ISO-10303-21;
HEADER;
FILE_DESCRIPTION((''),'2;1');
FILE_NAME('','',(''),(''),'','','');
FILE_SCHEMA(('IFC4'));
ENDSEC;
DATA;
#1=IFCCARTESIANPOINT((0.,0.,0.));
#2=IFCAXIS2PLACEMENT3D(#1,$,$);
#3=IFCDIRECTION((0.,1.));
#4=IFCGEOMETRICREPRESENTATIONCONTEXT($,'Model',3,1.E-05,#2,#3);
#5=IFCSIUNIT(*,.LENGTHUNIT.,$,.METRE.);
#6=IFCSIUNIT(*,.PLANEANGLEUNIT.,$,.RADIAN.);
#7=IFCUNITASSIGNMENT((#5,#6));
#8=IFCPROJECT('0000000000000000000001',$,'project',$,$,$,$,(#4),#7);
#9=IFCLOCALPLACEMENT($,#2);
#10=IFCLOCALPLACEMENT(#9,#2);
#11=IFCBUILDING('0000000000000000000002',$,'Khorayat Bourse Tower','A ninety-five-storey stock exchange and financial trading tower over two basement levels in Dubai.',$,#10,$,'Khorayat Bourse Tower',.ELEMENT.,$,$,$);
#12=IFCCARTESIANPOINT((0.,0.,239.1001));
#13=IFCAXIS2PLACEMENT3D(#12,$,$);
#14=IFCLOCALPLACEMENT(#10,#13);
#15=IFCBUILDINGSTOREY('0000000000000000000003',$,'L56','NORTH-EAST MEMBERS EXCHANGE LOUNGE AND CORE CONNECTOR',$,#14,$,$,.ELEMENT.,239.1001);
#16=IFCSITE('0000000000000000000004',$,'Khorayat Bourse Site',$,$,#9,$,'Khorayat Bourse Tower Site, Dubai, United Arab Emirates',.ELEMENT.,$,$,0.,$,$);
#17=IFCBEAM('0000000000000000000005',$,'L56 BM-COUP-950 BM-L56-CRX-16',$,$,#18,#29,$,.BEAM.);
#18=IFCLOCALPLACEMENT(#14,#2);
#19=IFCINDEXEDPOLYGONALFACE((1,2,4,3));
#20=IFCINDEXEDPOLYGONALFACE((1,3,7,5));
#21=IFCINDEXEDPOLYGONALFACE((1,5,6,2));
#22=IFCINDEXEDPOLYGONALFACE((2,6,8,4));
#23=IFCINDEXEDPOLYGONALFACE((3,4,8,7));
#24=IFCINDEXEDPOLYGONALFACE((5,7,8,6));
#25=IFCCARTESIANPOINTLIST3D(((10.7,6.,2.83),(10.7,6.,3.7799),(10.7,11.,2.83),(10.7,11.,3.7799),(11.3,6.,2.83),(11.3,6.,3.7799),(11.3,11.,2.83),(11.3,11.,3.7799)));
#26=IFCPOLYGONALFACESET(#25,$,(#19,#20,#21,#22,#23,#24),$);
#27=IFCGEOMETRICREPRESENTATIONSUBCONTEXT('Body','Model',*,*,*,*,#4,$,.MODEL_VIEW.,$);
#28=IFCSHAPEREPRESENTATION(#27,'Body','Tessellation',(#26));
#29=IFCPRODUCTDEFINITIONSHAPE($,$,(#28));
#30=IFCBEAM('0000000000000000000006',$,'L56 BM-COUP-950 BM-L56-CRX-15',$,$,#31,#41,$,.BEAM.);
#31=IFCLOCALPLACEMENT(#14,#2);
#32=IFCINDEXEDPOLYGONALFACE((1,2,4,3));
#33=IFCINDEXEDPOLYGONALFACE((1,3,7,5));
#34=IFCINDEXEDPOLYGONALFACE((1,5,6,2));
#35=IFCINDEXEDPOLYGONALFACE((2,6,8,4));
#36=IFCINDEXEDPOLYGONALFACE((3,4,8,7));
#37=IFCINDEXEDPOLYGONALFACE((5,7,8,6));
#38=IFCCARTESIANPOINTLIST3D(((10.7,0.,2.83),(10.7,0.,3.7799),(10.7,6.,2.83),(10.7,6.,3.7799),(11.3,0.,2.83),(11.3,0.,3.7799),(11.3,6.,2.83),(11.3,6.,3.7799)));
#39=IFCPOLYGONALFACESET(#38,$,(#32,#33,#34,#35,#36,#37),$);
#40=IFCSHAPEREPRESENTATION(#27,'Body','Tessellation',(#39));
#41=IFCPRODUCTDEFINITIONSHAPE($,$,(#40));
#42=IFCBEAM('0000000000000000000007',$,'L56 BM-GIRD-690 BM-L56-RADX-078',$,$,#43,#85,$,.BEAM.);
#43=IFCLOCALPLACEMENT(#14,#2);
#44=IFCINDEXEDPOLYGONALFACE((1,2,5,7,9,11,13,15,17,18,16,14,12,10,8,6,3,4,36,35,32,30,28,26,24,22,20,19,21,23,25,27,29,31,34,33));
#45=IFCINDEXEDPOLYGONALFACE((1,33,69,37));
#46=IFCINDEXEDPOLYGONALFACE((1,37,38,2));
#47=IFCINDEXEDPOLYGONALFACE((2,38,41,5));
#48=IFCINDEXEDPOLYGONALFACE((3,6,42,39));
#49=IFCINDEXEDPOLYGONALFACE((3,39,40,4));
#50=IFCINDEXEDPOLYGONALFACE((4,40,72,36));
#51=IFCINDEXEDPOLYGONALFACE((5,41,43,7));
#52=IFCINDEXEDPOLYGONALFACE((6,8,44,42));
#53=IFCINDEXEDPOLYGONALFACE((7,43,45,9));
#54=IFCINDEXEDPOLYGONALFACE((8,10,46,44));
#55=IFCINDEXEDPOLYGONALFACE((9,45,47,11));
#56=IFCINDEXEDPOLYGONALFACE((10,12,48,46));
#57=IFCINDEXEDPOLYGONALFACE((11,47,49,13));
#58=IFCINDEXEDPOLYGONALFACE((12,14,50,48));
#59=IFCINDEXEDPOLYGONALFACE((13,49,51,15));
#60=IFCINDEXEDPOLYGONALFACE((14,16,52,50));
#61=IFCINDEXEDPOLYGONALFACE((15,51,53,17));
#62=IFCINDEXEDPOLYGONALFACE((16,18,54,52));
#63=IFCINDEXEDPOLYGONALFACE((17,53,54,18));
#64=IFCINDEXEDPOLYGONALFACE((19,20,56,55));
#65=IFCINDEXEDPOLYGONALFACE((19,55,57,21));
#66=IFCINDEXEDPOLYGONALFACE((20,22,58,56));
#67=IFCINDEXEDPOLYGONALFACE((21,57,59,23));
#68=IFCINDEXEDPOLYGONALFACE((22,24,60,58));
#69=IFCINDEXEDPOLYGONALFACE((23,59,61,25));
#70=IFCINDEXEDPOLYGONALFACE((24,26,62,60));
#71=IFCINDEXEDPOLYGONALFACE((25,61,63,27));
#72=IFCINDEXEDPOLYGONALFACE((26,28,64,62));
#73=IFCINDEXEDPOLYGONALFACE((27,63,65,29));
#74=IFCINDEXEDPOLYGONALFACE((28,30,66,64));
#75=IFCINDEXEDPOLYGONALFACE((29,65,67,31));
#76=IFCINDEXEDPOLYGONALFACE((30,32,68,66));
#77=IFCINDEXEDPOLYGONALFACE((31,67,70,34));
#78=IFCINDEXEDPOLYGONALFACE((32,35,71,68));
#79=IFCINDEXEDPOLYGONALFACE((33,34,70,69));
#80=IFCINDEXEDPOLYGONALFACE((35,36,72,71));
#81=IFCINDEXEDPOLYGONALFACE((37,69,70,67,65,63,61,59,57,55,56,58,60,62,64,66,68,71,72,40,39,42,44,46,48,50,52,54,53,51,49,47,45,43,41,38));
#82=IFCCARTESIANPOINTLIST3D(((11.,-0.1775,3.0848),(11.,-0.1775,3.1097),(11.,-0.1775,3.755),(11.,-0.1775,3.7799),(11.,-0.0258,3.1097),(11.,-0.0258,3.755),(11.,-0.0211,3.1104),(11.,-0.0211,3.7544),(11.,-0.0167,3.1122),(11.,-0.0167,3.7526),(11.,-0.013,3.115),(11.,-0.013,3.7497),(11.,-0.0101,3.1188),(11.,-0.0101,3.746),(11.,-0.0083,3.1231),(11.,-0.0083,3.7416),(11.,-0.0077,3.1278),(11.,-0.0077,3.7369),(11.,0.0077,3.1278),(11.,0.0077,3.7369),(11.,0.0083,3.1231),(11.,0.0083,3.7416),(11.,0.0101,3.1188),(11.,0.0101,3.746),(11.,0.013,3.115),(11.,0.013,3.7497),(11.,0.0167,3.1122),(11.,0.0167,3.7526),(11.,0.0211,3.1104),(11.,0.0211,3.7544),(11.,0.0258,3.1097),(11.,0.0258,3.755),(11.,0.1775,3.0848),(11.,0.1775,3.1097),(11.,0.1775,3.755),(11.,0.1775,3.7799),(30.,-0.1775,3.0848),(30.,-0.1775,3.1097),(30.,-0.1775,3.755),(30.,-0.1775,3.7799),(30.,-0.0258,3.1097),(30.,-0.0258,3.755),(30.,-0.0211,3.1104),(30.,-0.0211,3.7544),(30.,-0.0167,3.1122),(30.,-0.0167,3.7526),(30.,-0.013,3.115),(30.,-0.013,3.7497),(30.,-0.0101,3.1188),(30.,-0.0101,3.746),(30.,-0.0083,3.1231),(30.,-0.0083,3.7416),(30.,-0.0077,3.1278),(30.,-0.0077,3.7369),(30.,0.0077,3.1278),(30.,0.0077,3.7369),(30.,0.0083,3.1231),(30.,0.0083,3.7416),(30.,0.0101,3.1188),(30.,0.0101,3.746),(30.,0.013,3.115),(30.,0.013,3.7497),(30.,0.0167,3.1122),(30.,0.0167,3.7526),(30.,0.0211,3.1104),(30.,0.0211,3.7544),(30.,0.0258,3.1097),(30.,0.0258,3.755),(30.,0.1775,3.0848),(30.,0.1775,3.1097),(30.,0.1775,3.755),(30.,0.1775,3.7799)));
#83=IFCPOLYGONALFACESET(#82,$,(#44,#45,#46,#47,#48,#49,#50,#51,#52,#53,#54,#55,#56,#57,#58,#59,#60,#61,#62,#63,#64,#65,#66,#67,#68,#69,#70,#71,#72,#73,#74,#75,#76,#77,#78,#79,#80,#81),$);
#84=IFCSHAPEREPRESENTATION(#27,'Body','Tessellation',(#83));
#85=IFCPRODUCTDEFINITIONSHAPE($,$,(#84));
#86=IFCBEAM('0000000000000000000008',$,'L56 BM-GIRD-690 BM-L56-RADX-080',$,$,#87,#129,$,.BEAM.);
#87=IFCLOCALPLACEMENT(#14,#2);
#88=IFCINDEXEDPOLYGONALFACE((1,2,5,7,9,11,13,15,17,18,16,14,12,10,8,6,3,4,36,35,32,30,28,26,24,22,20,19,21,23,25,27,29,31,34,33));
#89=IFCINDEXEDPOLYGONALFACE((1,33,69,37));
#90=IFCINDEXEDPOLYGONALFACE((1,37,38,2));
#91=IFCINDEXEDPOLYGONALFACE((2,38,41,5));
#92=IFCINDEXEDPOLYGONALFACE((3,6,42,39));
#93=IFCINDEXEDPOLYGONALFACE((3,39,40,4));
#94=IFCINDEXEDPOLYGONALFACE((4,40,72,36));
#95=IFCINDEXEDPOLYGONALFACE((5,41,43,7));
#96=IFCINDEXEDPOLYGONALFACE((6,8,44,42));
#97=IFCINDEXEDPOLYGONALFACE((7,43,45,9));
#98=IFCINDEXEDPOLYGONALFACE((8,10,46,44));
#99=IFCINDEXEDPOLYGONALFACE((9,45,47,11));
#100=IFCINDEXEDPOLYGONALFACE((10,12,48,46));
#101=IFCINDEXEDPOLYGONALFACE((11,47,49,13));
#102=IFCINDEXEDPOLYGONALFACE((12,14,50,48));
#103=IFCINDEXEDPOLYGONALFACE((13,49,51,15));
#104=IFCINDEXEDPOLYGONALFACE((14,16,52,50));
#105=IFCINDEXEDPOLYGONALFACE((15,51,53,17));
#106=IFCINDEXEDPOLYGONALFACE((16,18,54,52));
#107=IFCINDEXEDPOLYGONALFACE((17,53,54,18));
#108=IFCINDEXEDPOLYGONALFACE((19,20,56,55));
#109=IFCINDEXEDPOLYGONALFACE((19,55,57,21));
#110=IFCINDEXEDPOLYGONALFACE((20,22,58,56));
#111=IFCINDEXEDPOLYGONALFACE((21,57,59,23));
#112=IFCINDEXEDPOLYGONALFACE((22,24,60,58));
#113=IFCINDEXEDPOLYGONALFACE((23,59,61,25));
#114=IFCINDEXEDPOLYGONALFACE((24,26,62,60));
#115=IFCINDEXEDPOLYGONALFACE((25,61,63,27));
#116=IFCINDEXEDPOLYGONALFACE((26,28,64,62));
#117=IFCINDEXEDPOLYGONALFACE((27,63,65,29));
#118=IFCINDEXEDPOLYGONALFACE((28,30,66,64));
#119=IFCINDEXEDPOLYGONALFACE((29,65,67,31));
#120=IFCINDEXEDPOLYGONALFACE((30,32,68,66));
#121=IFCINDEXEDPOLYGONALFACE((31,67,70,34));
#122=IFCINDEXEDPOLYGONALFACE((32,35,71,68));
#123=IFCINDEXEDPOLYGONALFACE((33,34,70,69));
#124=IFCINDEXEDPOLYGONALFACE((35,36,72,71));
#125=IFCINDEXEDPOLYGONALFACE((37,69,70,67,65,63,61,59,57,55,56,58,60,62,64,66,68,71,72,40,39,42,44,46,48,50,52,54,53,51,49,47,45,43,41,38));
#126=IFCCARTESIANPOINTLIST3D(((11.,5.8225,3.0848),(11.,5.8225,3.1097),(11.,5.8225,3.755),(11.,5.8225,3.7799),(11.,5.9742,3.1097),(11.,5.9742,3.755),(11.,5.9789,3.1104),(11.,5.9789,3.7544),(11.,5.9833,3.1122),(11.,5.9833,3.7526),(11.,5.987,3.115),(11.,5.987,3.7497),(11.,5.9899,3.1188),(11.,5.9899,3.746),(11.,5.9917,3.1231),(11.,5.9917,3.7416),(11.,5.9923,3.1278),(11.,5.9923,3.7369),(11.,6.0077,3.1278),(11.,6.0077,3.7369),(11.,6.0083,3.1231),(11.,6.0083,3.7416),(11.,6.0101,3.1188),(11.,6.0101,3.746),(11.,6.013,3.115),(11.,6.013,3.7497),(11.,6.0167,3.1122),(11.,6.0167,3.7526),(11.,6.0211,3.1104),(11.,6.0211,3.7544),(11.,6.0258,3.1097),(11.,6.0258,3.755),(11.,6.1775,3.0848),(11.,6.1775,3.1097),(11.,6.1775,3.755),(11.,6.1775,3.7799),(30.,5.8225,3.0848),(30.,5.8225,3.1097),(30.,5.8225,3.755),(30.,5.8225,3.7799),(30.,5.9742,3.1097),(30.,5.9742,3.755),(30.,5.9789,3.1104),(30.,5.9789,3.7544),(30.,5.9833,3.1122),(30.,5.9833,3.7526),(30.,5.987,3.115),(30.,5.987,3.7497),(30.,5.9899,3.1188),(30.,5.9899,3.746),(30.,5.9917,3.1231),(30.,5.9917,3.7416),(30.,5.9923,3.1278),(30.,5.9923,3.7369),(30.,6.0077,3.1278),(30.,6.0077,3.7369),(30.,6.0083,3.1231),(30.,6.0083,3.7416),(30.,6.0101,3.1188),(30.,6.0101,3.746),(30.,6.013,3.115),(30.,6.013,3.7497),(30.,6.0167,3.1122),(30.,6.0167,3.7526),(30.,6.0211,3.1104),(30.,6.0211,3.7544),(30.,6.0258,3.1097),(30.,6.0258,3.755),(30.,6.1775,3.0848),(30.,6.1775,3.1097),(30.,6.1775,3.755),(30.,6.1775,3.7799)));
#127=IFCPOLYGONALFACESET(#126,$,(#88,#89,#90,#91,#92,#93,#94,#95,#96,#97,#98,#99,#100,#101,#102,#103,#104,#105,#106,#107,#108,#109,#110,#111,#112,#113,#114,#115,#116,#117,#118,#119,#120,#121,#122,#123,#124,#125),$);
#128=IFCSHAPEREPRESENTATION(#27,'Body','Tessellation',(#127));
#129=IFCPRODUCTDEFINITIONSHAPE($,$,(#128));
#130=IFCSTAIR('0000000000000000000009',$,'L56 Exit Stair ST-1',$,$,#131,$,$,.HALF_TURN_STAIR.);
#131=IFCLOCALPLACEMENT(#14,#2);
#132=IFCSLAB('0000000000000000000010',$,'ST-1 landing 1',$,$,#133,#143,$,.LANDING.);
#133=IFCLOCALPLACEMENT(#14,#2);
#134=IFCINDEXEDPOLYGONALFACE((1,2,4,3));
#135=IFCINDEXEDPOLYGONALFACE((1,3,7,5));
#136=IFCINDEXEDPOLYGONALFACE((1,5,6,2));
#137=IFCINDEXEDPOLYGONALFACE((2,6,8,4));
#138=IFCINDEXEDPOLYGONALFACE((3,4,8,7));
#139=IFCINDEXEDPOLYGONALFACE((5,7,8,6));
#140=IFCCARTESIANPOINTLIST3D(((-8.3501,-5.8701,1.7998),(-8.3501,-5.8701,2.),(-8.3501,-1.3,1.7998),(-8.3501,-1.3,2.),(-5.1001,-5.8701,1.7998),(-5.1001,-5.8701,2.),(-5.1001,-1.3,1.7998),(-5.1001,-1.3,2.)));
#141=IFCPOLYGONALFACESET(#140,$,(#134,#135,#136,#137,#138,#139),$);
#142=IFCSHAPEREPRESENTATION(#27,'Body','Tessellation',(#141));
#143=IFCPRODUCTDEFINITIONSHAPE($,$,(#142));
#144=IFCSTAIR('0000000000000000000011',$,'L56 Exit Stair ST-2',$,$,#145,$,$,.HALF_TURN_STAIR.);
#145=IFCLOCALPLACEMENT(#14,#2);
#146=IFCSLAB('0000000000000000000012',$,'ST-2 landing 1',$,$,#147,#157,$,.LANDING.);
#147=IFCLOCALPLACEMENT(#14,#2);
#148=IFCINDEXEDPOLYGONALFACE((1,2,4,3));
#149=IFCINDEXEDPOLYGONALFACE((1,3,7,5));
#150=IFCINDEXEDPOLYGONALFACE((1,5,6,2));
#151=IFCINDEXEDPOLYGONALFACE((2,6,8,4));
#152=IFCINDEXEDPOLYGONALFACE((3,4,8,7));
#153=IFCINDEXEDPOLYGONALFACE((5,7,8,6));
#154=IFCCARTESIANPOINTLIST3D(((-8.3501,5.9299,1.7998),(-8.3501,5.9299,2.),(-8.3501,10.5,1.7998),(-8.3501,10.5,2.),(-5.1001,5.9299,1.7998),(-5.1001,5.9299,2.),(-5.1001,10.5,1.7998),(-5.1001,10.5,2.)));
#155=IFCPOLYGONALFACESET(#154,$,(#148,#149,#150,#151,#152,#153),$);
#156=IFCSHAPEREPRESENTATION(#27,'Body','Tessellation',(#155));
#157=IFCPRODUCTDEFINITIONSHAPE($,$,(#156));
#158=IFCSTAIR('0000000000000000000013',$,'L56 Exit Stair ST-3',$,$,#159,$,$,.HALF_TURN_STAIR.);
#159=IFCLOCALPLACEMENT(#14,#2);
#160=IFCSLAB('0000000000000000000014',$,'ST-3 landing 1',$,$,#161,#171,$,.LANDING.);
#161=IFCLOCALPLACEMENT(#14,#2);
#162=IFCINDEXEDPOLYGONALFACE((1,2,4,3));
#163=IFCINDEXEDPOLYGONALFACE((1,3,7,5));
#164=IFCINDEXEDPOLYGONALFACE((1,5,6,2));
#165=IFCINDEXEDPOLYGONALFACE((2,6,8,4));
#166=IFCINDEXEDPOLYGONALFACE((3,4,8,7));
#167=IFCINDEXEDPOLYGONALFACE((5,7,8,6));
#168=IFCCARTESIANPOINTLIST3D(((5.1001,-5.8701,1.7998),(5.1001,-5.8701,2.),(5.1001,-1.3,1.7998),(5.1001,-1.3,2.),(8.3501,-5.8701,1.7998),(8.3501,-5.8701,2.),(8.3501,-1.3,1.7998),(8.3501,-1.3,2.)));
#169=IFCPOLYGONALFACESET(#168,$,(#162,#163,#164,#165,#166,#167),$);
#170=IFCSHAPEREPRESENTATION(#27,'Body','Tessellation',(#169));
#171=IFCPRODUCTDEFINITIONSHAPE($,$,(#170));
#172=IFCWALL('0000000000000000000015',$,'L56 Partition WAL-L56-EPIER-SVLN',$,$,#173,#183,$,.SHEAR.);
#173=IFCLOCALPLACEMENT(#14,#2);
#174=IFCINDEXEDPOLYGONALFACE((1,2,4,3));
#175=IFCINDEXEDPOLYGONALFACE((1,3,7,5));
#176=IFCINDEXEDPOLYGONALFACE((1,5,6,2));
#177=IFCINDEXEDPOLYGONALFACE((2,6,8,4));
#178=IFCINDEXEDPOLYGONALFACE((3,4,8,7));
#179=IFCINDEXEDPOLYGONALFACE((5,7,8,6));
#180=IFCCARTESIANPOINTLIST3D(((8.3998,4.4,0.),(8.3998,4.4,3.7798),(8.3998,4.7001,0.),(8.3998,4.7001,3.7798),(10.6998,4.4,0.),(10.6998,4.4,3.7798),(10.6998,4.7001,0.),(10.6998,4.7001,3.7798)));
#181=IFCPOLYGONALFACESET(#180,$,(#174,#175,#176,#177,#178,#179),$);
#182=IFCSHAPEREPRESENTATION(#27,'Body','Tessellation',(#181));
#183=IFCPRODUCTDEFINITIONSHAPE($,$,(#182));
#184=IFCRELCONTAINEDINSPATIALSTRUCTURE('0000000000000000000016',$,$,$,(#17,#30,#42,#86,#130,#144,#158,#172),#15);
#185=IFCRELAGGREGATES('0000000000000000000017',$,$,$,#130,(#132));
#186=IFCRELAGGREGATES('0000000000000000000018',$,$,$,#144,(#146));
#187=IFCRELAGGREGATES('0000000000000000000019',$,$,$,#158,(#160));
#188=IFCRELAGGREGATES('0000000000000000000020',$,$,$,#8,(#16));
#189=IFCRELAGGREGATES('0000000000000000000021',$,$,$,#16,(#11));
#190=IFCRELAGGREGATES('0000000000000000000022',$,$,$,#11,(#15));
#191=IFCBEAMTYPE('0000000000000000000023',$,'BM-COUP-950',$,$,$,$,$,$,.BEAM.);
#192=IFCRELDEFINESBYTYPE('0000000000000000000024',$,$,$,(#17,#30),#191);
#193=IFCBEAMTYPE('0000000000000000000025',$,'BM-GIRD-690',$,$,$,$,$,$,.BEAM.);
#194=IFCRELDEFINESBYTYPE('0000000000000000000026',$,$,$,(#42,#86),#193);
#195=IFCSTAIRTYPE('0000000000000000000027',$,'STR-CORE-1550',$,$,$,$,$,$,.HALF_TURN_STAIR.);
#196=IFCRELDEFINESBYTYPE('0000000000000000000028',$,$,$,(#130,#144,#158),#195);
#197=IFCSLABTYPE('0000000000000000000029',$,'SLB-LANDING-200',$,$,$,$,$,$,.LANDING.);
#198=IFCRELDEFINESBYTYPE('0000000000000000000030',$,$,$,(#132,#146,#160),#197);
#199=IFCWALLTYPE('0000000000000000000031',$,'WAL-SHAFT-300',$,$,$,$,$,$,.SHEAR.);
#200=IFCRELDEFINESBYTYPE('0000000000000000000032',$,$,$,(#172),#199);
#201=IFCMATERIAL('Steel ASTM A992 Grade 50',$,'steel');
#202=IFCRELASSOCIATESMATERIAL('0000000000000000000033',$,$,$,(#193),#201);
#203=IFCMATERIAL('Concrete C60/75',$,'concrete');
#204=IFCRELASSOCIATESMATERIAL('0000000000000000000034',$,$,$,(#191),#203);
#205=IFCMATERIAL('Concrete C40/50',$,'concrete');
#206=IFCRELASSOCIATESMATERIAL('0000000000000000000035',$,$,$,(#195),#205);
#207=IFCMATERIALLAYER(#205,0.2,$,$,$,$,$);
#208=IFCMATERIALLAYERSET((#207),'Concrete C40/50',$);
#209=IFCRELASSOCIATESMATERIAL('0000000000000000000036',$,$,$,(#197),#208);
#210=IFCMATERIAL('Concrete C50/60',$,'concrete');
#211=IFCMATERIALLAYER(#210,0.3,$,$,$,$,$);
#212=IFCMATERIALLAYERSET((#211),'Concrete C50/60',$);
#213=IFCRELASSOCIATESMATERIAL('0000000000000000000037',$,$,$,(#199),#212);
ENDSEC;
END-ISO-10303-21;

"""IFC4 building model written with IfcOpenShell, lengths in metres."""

from ifc_helpers import new_model, si_unit, direction, frame, frame_2d, origin, origin_2d, place, context, subcontext, project, spatial, polyline, rectangle, i_section, outline, extrude, source, transform, mapped, material, layer, layer_set, material_profile, profile_set, type_object, element, aggregate, save


model = new_model("IFC4")

# Units and contexts
model_context = context("Model", 3, precision=1e-05, world=origin(), true_north=direction((0.0, 1.0)))
body_context = subcontext(model_context, "Body", "Model", "MODEL_VIEW")
ifc_project = project(units=[si_unit("LENGTHUNIT", "METRE"), si_unit("PLANEANGLEUNIT", "RADIAN")], contexts=[model_context])

# Site, building, storey
site_placement = place(None, origin())
site = spatial("IfcSite", under=ifc_project, at=site_placement, Name="Khorayat Bourse Site", LongName="Khorayat Bourse Tower Site, Dubai, United Arab Emirates", CompositionType="ELEMENT", RefElevation=0.0)
building_placement = place(site_placement, origin())
building = spatial("IfcBuilding", under=site, at=building_placement, Name="Khorayat Bourse Tower", Description="A ninety-five-storey stock exchange and financial trading tower over two basement levels in Dubai.", LongName="Khorayat Bourse Tower", CompositionType="ELEMENT")
storey_placement = place(building_placement, frame((0.0, 0.0, 239.1001)))
storey = spatial("IfcBuildingStorey", under=building, at=storey_placement, Name="L56", Description="NORTH-EAST MEMBERS EXCHANGE LOUNGE AND CORE CONNECTOR", CompositionType="ELEMENT", Elevation=239.1001)

# Shared definitions
ifc_material_1 = material(Name="Concrete C60/75", Category="concrete")

# Beams
ifc_material_2 = material(Name="Steel ASTM A992 Grade 50", Category="steel")
ifc_material_profile_1 = material_profile(ifc_material_2, i_section(OverallWidth=0.355, OverallDepth=0.6951, WebThickness=0.0154, FlangeThickness=0.0249, FilletRadius=0.0181, at=origin_2d()), Name="W690X217")
ifc_profile_set_1 = profile_set([ifc_material_profile_1], Name="Steel ASTM A992 Grade 50")
beam_type_1 = type_object("IfcBeamType", Name="BM-GIRD-690", PredefinedType="BEAM", material=ifc_profile_set_1)
ifc_material_profile_2 = material_profile(ifc_material_1, rectangle(XDim=0.6001, YDim=0.95, at=origin_2d()), Name="RC 600x950")
ifc_profile_set_2 = profile_set([ifc_material_profile_2], Name="Concrete C60/75")
beam_type_2 = type_object("IfcBeamType", Name="BM-COUP-950", PredefinedType="BEAM", material=ifc_profile_set_2)
shared_shape_1 = source(origin(), body_context, "Body", "SweptSolid", [
    extrude(rectangle(XDim=0.6001, YDim=0.95, at=origin_2d()), origin(), (0.0, 0.0, 1.0), 5.0),
])
beam_1_placement = place(storey_placement, frame((11.0, 6.0, 3.3049), z_axis=(0.0, 1.0, 0.0), x_axis=(-1.0, 0.0, 0.0)))
element("IfcBeam", 1, at=beam_1_placement, inside=storey, type_object=beam_type_2, Name="L56 BM-COUP-950 BM-L56-CRX-16", PredefinedType="BEAM", context=body_context, shape_type="MappedRepresentation", body=[
    mapped(shared_shape_1, transform((0.0, 0.0, 0.0), scale=1.0)),
])
shared_shape_2 = source(origin(), body_context, "Body", "SweptSolid", [
    extrude(rectangle(XDim=0.6001, YDim=0.95, at=origin_2d()), origin(), (0.0, 0.0, 1.0), 6.0),
])
beam_2_placement = place(storey_placement, frame((11.0, 0.0, 3.3049), z_axis=(0.0, 1.0, 0.0), x_axis=(-1.0, 0.0, 0.0)))
element("IfcBeam", 2, at=beam_2_placement, inside=storey, type_object=beam_type_2, Name="L56 BM-COUP-950 BM-L56-CRX-15", PredefinedType="BEAM", context=body_context, shape_type="MappedRepresentation", body=[
    mapped(shared_shape_2, transform((0.0, 0.0, 0.0), scale=1.0)),
])
shared_shape_3 = source(origin(), body_context, "Body", "SweptSolid", [
    extrude(i_section(OverallWidth=0.355, OverallDepth=0.6951, WebThickness=0.0154, FlangeThickness=0.0249, FilletRadius=0.0181, at=origin_2d()), origin(), (0.0, 0.0, 1.0), 19.0),
])
for number, where, z_axis, x_axis, name in (
    (3, (11.0, 0.0, 3.4324), (1.0, 0.0, 0.0), (0.0, 1.0, 0.0), "L56 BM-GIRD-690 BM-L56-RADX-078"),
    (4, (11.0, 6.0, 3.4324), (1.0, 0.0, 0.0), (0.0, 1.0, 0.0), "L56 BM-GIRD-690 BM-L56-RADX-080"),
):
    element("IfcBeam", number, at=place(storey_placement, frame(where, z_axis=z_axis, x_axis=x_axis)), inside=storey, type_object=beam_type_1, Name=name, PredefinedType="BEAM", context=body_context, shape_type="MappedRepresentation", body=[
        mapped(shared_shape_3, transform((0.0, 0.0, 0.0), scale=1.0)),
    ])

# Stairs, slabs
ifc_material_3 = material(Name="Concrete C40/50", Category="concrete")
stair_type = type_object("IfcStairType", Name="STR-CORE-1550", PredefinedType="HALF_TURN_STAIR", material=ifc_material_3)
stair_1_placement = place(storey_placement, origin())
stair_1 = element("IfcStair", 5, at=stair_1_placement, inside=storey, type_object=stair_type, Name="L56 Exit Stair ST-1", PredefinedType="HALF_TURN_STAIR")
ifc_layer_1 = layer(ifc_material_3, 0.2)
ifc_layer_set_1 = layer_set([ifc_layer_1], Name="Concrete C40/50")
slab_type = type_object("IfcSlabType", Name="SLB-LANDING-200", PredefinedType="LANDING", material=ifc_layer_set_1)
slab_1_placement = place(storey_placement, frame((0.0, 0.0, 1.7998)))
slab_1 = element("IfcSlab", 6, at=slab_1_placement, type_object=slab_type, Name="ST-1 landing 1", PredefinedType="LANDING", context=body_context, shape_type="SweptSolid", body=[
    extrude(outline(polyline([(-5.1001, -5.8701), (-5.1001, -1.3), (-8.3501, -1.3), (-8.3501, -5.8701), (-5.1001, -5.8701)])), origin(), (0.0, 0.0, 1.0), 0.2002),
])
aggregate(stair_1, [slab_1])
stair_2_placement = place(storey_placement, origin())
stair_2 = element("IfcStair", 7, at=stair_2_placement, inside=storey, type_object=stair_type, Name="L56 Exit Stair ST-2", PredefinedType="HALF_TURN_STAIR")
slab_2_placement = place(storey_placement, frame((0.0, 0.0, 1.7998)))
slab_2 = element("IfcSlab", 8, at=slab_2_placement, type_object=slab_type, Name="ST-2 landing 1", PredefinedType="LANDING", context=body_context, shape_type="SweptSolid", body=[
    extrude(outline(polyline([(-5.1001, 5.9299), (-5.1001, 10.5), (-8.3501, 10.5), (-8.3501, 5.9299), (-5.1001, 5.9299)])), origin(), (0.0, 0.0, 1.0), 0.2002),
])
aggregate(stair_2, [slab_2])
stair_3_placement = place(storey_placement, origin())
stair_3 = element("IfcStair", 9, at=stair_3_placement, inside=storey, type_object=stair_type, Name="L56 Exit Stair ST-3", PredefinedType="HALF_TURN_STAIR")
slab_3_placement = place(storey_placement, frame((0.0, 0.0, 1.7998)))
slab_3 = element("IfcSlab", 10, at=slab_3_placement, type_object=slab_type, Name="ST-3 landing 1", PredefinedType="LANDING", context=body_context, shape_type="SweptSolid", body=[
    extrude(outline(polyline([(8.3501, -5.8701), (8.3501, -1.3), (5.1001, -1.3), (5.1001, -5.8701), (8.3501, -5.8701)])), origin(), (0.0, 0.0, 1.0), 0.2002),
])
aggregate(stair_3, [slab_3])

# Wall
ifc_material_4 = material(Name="Concrete C50/60", Category="concrete")
ifc_layer_2 = layer(ifc_material_4, 0.3)
ifc_layer_set_2 = layer_set([ifc_layer_2], Name="Concrete C50/60")
wall_type_1 = type_object("IfcWallType", Name="WAL-SHAFT-300", PredefinedType="SHEAR", material=ifc_layer_set_2)
shared_shape_4 = source(origin(), body_context, "Body", "SweptSolid", [
    extrude(rectangle(XDim=2.3, YDim=0.3, at=frame_2d((1.1499, 0.0))), origin(), (0.0, 0.0, 1.0), 3.7798),
])
wall_1_placement = place(storey_placement, frame((8.3999, 4.55, 0.0), z_axis=(0.0, 0.0, 1.0), x_axis=(1.0, 0.0, 0.0)))
element("IfcWall", 11, at=wall_1_placement, inside=storey, type_object=wall_type_1, Name="L56 Partition WAL-L56-EPIER-SVLN", PredefinedType="SHEAR", context=body_context, shape_type="MappedRepresentation", body=[
    mapped(shared_shape_4, transform((0.0, 0.0, 0.0), scale=1.0)),
])

save(model, "model.ifc")
